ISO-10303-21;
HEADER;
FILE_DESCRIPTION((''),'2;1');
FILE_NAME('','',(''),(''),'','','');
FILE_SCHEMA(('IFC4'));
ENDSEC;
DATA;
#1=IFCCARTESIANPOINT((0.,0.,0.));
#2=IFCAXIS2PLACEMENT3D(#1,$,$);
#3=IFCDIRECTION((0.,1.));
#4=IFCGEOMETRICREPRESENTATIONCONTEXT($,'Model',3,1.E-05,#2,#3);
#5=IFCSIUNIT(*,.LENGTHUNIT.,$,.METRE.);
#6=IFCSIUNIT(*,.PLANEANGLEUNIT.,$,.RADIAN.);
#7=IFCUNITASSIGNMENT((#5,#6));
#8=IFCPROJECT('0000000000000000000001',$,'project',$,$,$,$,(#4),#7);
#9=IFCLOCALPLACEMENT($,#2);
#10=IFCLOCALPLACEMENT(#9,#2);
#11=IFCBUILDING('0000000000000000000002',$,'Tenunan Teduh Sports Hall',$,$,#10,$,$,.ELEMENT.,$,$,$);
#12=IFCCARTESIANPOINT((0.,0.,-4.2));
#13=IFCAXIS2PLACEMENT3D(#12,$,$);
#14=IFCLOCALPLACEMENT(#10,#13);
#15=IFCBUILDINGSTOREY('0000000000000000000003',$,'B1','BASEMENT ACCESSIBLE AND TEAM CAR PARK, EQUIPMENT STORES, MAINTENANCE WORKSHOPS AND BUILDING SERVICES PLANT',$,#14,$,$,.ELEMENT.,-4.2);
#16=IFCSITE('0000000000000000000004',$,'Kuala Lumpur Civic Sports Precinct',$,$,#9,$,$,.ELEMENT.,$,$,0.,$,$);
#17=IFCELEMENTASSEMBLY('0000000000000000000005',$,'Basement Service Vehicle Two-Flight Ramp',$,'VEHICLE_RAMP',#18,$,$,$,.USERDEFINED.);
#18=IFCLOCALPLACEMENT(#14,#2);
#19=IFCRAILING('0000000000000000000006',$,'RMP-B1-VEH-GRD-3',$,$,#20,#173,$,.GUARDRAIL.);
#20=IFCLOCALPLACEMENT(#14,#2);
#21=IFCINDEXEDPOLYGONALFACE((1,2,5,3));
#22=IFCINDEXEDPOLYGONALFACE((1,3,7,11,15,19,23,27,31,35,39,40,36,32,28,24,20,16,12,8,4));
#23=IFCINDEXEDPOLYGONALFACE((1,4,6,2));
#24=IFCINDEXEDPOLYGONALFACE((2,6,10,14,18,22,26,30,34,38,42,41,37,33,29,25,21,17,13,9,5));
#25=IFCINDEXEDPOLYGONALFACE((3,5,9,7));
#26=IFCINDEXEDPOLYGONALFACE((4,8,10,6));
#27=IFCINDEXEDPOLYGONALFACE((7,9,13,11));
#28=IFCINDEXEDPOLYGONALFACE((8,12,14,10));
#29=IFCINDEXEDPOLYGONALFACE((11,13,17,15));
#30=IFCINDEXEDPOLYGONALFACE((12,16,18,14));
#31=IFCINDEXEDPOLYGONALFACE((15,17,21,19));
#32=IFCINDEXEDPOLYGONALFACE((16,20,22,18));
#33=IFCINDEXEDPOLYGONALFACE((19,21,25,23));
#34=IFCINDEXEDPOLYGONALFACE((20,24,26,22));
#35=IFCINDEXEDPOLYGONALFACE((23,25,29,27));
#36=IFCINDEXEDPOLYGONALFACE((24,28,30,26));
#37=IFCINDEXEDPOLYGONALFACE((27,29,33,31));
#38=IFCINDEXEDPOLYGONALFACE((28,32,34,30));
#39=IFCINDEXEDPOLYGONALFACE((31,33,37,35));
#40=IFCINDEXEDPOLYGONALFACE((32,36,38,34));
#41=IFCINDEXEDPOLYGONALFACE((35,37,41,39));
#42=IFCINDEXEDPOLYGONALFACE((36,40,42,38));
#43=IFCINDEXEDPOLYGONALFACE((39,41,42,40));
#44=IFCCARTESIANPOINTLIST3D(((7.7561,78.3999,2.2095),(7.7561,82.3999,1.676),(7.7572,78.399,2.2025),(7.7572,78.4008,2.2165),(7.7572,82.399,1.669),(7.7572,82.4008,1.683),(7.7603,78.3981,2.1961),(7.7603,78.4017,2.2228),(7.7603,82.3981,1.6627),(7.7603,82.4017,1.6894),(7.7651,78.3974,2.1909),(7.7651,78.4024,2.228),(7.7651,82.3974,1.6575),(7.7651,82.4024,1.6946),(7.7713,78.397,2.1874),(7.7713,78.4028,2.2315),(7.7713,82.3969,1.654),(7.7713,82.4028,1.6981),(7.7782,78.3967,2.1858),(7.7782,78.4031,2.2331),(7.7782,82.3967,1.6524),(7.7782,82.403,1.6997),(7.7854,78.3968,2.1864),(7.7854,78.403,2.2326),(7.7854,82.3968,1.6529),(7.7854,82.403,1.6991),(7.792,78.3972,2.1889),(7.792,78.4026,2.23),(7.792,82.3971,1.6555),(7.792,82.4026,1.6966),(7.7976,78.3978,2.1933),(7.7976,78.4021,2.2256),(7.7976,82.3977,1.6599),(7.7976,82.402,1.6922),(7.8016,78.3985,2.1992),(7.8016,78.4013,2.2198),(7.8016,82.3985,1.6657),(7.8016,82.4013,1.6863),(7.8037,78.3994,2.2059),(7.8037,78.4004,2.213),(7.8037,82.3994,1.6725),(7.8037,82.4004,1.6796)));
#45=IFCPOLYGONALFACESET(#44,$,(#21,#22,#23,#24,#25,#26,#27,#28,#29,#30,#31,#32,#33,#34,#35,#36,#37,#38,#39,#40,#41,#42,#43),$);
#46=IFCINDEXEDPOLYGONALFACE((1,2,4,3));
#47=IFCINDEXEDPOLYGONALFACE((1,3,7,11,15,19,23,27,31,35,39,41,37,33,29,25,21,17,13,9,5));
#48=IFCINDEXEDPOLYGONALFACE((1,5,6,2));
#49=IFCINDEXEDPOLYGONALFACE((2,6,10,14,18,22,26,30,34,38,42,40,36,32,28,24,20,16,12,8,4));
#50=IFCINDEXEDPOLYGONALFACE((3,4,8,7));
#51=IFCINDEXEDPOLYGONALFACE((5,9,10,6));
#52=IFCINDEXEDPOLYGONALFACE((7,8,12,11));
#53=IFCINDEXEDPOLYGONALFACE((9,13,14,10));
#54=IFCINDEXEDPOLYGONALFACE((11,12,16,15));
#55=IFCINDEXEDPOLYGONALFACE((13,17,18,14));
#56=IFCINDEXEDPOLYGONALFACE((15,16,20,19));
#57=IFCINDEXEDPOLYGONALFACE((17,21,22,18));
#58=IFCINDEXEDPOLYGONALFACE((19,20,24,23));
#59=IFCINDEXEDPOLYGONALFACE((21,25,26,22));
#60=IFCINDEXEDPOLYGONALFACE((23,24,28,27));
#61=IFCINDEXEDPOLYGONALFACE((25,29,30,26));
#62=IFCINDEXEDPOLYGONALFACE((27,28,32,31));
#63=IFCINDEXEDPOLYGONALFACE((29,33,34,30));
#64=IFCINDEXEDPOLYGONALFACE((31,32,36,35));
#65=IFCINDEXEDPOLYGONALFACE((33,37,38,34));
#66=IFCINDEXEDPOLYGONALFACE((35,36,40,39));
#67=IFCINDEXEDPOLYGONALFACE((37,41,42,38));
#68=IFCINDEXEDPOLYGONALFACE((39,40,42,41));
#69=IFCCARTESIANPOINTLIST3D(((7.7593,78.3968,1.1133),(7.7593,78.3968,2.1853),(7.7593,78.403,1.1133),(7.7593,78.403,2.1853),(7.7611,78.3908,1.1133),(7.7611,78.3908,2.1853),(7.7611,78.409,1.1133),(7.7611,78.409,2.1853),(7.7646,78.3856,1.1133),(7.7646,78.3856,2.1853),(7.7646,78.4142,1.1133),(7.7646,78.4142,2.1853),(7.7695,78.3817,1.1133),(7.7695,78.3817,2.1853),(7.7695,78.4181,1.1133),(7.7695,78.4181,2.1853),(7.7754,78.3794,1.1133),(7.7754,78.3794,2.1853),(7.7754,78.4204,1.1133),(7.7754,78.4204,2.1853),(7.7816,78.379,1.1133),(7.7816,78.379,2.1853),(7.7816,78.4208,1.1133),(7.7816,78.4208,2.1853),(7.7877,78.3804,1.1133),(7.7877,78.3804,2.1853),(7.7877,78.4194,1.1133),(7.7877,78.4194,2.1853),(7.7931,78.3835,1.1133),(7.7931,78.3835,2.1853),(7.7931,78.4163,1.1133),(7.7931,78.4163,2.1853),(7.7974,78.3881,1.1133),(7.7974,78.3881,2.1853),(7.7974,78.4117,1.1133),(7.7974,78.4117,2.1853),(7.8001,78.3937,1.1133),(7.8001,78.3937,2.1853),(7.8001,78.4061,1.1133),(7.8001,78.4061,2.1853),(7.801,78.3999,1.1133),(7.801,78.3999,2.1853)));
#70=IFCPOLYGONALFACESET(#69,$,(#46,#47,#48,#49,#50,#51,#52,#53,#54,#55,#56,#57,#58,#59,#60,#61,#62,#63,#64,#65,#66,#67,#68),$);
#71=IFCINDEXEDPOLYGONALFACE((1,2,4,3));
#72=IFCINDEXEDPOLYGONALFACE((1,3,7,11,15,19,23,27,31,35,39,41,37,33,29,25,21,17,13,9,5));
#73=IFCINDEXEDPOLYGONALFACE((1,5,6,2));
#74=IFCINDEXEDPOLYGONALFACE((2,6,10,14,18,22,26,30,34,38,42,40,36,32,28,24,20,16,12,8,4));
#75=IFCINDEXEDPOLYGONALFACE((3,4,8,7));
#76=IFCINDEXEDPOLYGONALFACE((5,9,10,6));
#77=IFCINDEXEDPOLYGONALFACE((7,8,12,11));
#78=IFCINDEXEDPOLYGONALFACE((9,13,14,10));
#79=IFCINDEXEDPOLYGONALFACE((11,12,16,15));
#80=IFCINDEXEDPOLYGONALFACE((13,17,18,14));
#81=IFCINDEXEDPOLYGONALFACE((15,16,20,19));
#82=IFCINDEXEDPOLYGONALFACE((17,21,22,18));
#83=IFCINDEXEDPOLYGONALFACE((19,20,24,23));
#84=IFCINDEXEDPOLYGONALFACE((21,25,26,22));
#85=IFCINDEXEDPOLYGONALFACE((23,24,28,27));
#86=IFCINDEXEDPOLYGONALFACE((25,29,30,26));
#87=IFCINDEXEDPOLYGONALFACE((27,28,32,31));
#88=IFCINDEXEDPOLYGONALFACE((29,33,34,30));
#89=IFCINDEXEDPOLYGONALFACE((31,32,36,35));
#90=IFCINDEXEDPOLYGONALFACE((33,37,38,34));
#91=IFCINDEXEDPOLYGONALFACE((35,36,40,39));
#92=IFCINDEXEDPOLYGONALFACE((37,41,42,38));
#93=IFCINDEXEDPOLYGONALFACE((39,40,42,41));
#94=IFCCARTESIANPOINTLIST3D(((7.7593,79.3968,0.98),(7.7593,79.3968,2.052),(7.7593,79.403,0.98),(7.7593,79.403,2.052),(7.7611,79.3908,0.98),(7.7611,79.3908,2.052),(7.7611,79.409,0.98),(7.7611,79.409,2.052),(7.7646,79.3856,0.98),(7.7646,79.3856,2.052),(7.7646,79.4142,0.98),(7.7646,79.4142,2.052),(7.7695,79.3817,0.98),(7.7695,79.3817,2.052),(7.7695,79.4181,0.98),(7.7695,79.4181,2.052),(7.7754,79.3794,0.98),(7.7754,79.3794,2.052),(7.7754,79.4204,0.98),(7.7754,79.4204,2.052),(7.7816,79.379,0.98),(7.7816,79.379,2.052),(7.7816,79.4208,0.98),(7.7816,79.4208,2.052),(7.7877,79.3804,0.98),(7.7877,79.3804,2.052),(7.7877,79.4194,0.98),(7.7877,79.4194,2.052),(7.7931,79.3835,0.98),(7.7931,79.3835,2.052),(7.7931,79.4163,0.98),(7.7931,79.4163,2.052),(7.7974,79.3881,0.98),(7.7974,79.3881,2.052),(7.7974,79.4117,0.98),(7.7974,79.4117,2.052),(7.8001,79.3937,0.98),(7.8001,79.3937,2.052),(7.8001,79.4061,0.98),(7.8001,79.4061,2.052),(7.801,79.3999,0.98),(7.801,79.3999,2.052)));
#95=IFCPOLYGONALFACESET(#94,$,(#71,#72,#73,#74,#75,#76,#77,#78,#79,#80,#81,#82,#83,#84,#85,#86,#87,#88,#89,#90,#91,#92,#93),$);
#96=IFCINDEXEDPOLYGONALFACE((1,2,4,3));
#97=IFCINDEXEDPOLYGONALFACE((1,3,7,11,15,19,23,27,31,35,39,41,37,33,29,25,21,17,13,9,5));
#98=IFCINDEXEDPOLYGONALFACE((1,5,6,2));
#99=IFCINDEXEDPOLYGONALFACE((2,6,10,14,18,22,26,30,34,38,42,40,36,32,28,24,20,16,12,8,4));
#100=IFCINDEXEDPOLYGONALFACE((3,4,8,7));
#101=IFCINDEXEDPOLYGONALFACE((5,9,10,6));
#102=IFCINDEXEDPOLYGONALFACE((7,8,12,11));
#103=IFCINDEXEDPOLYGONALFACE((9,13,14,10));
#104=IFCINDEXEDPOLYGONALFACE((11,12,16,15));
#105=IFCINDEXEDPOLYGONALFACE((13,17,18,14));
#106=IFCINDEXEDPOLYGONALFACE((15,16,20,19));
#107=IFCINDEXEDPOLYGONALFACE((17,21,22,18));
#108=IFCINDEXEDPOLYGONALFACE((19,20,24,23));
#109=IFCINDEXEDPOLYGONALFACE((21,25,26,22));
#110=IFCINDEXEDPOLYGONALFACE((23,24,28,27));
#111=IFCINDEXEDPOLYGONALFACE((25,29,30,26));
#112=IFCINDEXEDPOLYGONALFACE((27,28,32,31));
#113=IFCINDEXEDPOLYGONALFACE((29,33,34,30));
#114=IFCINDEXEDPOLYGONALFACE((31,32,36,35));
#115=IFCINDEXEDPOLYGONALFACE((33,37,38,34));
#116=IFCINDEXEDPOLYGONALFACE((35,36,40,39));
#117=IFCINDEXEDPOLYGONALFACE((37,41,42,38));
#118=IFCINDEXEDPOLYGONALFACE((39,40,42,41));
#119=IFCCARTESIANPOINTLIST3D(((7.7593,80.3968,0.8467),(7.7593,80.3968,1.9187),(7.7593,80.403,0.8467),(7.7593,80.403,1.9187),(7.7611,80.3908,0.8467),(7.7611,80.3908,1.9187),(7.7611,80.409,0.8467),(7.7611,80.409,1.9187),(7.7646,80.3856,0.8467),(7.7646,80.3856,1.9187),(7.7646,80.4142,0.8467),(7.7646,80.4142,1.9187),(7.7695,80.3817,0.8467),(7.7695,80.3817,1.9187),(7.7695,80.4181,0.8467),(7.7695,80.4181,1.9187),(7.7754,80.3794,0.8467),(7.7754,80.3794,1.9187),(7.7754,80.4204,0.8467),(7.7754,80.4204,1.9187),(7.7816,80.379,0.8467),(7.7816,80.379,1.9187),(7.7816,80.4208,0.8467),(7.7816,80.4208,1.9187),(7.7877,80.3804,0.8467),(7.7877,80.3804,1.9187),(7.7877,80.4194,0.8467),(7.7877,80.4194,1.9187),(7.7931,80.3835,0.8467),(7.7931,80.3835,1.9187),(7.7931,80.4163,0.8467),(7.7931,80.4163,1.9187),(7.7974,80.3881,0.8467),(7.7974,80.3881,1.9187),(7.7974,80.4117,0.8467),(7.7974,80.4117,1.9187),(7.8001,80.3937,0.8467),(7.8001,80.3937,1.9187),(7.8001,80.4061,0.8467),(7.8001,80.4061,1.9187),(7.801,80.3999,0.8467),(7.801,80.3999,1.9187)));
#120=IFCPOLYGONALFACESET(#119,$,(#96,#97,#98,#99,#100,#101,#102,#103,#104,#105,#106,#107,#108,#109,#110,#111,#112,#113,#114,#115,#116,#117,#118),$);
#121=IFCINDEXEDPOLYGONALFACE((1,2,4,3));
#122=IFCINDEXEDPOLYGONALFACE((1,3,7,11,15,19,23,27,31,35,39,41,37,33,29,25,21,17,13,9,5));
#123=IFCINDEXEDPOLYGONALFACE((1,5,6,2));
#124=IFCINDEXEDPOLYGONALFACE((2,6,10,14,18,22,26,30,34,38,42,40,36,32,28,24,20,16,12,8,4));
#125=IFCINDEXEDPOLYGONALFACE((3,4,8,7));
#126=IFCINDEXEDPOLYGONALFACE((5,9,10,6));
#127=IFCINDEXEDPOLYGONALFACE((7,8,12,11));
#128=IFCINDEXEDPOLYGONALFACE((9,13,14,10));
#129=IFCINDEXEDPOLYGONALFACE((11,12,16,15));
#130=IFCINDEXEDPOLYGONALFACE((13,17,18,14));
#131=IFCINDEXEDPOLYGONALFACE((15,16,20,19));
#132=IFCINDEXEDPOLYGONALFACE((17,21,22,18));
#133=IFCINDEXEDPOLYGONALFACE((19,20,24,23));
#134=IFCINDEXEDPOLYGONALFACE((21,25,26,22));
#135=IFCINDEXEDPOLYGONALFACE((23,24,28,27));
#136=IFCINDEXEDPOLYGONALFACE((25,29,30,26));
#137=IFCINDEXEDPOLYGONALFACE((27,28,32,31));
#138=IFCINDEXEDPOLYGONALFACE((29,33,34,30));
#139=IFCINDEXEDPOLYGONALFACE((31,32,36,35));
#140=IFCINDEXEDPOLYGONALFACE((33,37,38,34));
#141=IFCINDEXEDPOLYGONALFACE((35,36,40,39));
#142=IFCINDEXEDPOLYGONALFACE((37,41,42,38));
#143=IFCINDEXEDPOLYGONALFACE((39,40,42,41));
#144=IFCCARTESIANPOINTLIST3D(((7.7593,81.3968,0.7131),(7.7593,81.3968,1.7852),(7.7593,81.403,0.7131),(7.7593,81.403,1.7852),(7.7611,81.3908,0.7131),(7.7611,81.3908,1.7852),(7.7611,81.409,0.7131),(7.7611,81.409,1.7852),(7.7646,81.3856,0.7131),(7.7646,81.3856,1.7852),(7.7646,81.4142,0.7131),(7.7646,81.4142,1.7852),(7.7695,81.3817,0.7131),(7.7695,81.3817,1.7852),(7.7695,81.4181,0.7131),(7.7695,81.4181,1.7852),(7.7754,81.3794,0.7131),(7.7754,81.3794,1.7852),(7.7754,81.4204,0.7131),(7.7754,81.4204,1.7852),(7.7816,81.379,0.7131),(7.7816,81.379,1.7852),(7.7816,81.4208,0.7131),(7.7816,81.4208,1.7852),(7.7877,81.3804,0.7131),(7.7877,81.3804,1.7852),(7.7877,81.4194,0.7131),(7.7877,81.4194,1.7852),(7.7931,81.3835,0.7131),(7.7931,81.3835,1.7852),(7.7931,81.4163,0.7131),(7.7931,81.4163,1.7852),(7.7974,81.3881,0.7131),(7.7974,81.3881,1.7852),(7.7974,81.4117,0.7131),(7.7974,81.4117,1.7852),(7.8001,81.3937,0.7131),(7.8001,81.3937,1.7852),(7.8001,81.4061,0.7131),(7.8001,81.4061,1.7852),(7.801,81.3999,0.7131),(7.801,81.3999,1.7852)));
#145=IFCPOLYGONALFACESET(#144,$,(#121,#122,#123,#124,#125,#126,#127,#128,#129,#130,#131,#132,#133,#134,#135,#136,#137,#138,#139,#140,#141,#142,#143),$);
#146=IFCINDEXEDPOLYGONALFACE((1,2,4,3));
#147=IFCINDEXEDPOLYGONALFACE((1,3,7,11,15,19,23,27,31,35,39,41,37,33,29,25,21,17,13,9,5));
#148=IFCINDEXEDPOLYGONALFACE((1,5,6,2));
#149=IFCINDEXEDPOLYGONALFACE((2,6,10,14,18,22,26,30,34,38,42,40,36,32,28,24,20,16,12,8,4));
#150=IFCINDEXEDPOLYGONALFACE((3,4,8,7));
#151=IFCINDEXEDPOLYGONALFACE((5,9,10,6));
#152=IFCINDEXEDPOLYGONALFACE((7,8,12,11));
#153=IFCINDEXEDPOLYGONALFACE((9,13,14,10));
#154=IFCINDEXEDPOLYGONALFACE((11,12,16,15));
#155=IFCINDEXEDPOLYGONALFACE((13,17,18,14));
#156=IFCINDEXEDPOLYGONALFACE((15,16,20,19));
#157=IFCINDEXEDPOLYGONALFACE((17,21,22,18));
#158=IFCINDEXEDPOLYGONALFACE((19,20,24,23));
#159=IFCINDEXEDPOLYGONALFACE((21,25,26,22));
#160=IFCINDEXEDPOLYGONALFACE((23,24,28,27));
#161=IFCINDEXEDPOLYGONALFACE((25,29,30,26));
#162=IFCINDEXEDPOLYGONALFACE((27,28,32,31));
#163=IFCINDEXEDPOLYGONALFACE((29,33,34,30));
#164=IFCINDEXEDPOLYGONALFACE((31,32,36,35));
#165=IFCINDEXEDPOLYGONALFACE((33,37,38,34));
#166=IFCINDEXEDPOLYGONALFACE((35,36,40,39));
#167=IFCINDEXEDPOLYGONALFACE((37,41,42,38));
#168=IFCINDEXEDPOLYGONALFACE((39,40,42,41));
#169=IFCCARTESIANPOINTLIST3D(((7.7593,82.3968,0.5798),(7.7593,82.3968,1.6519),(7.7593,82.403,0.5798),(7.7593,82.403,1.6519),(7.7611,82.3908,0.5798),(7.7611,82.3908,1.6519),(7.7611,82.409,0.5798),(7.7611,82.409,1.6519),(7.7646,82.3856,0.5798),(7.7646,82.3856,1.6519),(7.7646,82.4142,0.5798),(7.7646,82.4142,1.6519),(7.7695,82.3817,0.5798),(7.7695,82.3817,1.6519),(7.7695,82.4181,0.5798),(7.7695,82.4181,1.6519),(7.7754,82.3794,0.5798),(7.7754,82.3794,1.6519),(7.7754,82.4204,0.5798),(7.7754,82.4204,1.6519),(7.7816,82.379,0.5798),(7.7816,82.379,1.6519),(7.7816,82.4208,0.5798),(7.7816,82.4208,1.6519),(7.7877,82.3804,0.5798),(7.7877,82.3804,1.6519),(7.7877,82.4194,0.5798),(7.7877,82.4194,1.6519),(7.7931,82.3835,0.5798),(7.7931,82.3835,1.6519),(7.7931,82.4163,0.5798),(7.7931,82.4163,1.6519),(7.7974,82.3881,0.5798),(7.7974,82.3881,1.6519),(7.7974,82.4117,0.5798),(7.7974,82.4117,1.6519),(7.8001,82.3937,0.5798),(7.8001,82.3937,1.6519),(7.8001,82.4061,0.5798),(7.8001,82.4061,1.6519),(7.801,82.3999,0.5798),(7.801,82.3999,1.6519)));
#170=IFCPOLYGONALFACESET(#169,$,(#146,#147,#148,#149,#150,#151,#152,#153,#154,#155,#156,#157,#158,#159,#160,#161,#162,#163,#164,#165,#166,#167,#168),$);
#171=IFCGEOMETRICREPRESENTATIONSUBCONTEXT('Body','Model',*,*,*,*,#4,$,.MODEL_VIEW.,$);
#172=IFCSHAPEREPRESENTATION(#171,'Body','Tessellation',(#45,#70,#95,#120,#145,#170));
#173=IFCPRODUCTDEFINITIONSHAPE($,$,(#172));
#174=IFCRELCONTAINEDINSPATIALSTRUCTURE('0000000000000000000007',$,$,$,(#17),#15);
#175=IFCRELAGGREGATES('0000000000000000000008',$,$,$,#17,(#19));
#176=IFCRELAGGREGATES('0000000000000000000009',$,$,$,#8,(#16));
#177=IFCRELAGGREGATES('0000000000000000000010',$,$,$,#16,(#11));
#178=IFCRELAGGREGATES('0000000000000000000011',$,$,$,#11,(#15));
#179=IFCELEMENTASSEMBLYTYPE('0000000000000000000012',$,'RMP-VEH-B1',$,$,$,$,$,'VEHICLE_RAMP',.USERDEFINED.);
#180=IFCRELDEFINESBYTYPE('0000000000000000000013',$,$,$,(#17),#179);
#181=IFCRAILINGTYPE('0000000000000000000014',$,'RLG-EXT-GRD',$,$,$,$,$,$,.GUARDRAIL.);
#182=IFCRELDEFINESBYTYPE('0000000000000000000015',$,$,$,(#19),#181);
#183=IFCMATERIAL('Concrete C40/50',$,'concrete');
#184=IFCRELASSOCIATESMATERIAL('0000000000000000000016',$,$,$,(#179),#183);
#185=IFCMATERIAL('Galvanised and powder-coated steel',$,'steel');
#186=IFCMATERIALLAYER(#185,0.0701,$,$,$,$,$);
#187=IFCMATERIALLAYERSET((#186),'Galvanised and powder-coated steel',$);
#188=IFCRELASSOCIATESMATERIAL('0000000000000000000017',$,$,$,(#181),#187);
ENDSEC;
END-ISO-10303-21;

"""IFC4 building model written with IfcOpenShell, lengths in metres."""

from ifc_helpers import new_model, si_unit, direction, frame, origin, origin_2d, place, context, subcontext, project, spatial, circle, extrude, material, layer, layer_set, type_object, element, aggregate, save


model = new_model("IFC4")

# Units and contexts
model_context = context("Model", 3, precision=1e-05, world=origin(), true_north=direction((0.0, 1.0)))
body_context = subcontext(model_context, "Body", "Model", "MODEL_VIEW")
ifc_project = project(units=[si_unit("LENGTHUNIT", "METRE"), si_unit("PLANEANGLEUNIT", "RADIAN")], contexts=[model_context])

# Site, building, storey
site_placement = place(None, origin())
site = spatial("IfcSite", under=ifc_project, at=site_placement, Name="Kuala Lumpur Civic Sports Precinct", CompositionType="ELEMENT", RefElevation=0.0)
building_placement = place(site_placement, origin())
building = spatial("IfcBuilding", under=site, at=building_placement, Name="Tenunan Teduh Sports Hall", CompositionType="ELEMENT")
storey_placement = place(building_placement, frame((0.0, 0.0, -4.2)))
storey = spatial("IfcBuildingStorey", under=building, at=storey_placement, Name="B1", Description="BASEMENT ACCESSIBLE AND TEAM CAR PARK, EQUIPMENT STORES, MAINTENANCE WORKSHOPS AND BUILDING SERVICES PLANT", CompositionType="ELEMENT", Elevation=-4.2)

# Element assembly
ifc_material_1 = material(Name="Concrete C40/50", Category="concrete")
element_assembly_type = type_object("IfcElementAssemblyType", Name="RMP-VEH-B1", ElementType="VEHICLE_RAMP", PredefinedType="USERDEFINED", material=ifc_material_1)
assembly_placement = place(storey_placement, origin())
assembly = element("IfcElementAssembly", 1, at=assembly_placement, inside=storey, type_object=element_assembly_type, Name="Basement Service Vehicle Two-Flight Ramp", ObjectType="VEHICLE_RAMP", PredefinedType="USERDEFINED")

# Railing
ifc_material_2 = material(Name="Galvanised and powder-coated steel", Category="steel")
ifc_layer_1 = layer(ifc_material_2, 0.0701)
ifc_layer_set_1 = layer_set([ifc_layer_1], Name="Galvanised and powder-coated steel")
railing_type = type_object("IfcRailingType", Name="RLG-EXT-GRD", PredefinedType="GUARDRAIL", material=ifc_layer_set_1)
railing_1_placement = place(storey_placement, frame((7.78, 78.3999, 1.1133)))
railing_1 = element("IfcRailing", 2, at=railing_1_placement, type_object=railing_type, Name="RMP-B1-VEH-GRD-3", PredefinedType="GUARDRAIL", context=body_context, shape_type="SweptSolid", body=[
    extrude(circle(Radius=0.0239, at=origin_2d()), frame((0.0, 0.0, 1.0962), z_axis=(0.0, 0.991224, -0.132191), x_axis=(-1.0, 0.0, 0.0)), (0.0, 0.0, 1.0), 4.0354),
    extrude(circle(Radius=0.021, at=origin_2d()), origin(), (0.0, 0.0, 1.0), 1.072),
    extrude(circle(Radius=0.021, at=origin_2d()), frame((0.0, 1.0, -0.1333)), (0.0, 0.0, 1.0), 1.072),
    extrude(circle(Radius=0.021, at=origin_2d()), frame((0.0, 2.0, -0.2666)), (0.0, 0.0, 1.0), 1.072),
    extrude(circle(Radius=0.021, at=origin_2d()), frame((0.0, 3.0, -0.4001)), (0.0, 0.0, 1.0), 1.072),
    extrude(circle(Radius=0.021, at=origin_2d()), frame((0.0, 4.0, -0.5334)), (0.0, 0.0, 1.0), 1.072),
])
aggregate(assembly, [railing_1])

save(model, "model.ifc")
